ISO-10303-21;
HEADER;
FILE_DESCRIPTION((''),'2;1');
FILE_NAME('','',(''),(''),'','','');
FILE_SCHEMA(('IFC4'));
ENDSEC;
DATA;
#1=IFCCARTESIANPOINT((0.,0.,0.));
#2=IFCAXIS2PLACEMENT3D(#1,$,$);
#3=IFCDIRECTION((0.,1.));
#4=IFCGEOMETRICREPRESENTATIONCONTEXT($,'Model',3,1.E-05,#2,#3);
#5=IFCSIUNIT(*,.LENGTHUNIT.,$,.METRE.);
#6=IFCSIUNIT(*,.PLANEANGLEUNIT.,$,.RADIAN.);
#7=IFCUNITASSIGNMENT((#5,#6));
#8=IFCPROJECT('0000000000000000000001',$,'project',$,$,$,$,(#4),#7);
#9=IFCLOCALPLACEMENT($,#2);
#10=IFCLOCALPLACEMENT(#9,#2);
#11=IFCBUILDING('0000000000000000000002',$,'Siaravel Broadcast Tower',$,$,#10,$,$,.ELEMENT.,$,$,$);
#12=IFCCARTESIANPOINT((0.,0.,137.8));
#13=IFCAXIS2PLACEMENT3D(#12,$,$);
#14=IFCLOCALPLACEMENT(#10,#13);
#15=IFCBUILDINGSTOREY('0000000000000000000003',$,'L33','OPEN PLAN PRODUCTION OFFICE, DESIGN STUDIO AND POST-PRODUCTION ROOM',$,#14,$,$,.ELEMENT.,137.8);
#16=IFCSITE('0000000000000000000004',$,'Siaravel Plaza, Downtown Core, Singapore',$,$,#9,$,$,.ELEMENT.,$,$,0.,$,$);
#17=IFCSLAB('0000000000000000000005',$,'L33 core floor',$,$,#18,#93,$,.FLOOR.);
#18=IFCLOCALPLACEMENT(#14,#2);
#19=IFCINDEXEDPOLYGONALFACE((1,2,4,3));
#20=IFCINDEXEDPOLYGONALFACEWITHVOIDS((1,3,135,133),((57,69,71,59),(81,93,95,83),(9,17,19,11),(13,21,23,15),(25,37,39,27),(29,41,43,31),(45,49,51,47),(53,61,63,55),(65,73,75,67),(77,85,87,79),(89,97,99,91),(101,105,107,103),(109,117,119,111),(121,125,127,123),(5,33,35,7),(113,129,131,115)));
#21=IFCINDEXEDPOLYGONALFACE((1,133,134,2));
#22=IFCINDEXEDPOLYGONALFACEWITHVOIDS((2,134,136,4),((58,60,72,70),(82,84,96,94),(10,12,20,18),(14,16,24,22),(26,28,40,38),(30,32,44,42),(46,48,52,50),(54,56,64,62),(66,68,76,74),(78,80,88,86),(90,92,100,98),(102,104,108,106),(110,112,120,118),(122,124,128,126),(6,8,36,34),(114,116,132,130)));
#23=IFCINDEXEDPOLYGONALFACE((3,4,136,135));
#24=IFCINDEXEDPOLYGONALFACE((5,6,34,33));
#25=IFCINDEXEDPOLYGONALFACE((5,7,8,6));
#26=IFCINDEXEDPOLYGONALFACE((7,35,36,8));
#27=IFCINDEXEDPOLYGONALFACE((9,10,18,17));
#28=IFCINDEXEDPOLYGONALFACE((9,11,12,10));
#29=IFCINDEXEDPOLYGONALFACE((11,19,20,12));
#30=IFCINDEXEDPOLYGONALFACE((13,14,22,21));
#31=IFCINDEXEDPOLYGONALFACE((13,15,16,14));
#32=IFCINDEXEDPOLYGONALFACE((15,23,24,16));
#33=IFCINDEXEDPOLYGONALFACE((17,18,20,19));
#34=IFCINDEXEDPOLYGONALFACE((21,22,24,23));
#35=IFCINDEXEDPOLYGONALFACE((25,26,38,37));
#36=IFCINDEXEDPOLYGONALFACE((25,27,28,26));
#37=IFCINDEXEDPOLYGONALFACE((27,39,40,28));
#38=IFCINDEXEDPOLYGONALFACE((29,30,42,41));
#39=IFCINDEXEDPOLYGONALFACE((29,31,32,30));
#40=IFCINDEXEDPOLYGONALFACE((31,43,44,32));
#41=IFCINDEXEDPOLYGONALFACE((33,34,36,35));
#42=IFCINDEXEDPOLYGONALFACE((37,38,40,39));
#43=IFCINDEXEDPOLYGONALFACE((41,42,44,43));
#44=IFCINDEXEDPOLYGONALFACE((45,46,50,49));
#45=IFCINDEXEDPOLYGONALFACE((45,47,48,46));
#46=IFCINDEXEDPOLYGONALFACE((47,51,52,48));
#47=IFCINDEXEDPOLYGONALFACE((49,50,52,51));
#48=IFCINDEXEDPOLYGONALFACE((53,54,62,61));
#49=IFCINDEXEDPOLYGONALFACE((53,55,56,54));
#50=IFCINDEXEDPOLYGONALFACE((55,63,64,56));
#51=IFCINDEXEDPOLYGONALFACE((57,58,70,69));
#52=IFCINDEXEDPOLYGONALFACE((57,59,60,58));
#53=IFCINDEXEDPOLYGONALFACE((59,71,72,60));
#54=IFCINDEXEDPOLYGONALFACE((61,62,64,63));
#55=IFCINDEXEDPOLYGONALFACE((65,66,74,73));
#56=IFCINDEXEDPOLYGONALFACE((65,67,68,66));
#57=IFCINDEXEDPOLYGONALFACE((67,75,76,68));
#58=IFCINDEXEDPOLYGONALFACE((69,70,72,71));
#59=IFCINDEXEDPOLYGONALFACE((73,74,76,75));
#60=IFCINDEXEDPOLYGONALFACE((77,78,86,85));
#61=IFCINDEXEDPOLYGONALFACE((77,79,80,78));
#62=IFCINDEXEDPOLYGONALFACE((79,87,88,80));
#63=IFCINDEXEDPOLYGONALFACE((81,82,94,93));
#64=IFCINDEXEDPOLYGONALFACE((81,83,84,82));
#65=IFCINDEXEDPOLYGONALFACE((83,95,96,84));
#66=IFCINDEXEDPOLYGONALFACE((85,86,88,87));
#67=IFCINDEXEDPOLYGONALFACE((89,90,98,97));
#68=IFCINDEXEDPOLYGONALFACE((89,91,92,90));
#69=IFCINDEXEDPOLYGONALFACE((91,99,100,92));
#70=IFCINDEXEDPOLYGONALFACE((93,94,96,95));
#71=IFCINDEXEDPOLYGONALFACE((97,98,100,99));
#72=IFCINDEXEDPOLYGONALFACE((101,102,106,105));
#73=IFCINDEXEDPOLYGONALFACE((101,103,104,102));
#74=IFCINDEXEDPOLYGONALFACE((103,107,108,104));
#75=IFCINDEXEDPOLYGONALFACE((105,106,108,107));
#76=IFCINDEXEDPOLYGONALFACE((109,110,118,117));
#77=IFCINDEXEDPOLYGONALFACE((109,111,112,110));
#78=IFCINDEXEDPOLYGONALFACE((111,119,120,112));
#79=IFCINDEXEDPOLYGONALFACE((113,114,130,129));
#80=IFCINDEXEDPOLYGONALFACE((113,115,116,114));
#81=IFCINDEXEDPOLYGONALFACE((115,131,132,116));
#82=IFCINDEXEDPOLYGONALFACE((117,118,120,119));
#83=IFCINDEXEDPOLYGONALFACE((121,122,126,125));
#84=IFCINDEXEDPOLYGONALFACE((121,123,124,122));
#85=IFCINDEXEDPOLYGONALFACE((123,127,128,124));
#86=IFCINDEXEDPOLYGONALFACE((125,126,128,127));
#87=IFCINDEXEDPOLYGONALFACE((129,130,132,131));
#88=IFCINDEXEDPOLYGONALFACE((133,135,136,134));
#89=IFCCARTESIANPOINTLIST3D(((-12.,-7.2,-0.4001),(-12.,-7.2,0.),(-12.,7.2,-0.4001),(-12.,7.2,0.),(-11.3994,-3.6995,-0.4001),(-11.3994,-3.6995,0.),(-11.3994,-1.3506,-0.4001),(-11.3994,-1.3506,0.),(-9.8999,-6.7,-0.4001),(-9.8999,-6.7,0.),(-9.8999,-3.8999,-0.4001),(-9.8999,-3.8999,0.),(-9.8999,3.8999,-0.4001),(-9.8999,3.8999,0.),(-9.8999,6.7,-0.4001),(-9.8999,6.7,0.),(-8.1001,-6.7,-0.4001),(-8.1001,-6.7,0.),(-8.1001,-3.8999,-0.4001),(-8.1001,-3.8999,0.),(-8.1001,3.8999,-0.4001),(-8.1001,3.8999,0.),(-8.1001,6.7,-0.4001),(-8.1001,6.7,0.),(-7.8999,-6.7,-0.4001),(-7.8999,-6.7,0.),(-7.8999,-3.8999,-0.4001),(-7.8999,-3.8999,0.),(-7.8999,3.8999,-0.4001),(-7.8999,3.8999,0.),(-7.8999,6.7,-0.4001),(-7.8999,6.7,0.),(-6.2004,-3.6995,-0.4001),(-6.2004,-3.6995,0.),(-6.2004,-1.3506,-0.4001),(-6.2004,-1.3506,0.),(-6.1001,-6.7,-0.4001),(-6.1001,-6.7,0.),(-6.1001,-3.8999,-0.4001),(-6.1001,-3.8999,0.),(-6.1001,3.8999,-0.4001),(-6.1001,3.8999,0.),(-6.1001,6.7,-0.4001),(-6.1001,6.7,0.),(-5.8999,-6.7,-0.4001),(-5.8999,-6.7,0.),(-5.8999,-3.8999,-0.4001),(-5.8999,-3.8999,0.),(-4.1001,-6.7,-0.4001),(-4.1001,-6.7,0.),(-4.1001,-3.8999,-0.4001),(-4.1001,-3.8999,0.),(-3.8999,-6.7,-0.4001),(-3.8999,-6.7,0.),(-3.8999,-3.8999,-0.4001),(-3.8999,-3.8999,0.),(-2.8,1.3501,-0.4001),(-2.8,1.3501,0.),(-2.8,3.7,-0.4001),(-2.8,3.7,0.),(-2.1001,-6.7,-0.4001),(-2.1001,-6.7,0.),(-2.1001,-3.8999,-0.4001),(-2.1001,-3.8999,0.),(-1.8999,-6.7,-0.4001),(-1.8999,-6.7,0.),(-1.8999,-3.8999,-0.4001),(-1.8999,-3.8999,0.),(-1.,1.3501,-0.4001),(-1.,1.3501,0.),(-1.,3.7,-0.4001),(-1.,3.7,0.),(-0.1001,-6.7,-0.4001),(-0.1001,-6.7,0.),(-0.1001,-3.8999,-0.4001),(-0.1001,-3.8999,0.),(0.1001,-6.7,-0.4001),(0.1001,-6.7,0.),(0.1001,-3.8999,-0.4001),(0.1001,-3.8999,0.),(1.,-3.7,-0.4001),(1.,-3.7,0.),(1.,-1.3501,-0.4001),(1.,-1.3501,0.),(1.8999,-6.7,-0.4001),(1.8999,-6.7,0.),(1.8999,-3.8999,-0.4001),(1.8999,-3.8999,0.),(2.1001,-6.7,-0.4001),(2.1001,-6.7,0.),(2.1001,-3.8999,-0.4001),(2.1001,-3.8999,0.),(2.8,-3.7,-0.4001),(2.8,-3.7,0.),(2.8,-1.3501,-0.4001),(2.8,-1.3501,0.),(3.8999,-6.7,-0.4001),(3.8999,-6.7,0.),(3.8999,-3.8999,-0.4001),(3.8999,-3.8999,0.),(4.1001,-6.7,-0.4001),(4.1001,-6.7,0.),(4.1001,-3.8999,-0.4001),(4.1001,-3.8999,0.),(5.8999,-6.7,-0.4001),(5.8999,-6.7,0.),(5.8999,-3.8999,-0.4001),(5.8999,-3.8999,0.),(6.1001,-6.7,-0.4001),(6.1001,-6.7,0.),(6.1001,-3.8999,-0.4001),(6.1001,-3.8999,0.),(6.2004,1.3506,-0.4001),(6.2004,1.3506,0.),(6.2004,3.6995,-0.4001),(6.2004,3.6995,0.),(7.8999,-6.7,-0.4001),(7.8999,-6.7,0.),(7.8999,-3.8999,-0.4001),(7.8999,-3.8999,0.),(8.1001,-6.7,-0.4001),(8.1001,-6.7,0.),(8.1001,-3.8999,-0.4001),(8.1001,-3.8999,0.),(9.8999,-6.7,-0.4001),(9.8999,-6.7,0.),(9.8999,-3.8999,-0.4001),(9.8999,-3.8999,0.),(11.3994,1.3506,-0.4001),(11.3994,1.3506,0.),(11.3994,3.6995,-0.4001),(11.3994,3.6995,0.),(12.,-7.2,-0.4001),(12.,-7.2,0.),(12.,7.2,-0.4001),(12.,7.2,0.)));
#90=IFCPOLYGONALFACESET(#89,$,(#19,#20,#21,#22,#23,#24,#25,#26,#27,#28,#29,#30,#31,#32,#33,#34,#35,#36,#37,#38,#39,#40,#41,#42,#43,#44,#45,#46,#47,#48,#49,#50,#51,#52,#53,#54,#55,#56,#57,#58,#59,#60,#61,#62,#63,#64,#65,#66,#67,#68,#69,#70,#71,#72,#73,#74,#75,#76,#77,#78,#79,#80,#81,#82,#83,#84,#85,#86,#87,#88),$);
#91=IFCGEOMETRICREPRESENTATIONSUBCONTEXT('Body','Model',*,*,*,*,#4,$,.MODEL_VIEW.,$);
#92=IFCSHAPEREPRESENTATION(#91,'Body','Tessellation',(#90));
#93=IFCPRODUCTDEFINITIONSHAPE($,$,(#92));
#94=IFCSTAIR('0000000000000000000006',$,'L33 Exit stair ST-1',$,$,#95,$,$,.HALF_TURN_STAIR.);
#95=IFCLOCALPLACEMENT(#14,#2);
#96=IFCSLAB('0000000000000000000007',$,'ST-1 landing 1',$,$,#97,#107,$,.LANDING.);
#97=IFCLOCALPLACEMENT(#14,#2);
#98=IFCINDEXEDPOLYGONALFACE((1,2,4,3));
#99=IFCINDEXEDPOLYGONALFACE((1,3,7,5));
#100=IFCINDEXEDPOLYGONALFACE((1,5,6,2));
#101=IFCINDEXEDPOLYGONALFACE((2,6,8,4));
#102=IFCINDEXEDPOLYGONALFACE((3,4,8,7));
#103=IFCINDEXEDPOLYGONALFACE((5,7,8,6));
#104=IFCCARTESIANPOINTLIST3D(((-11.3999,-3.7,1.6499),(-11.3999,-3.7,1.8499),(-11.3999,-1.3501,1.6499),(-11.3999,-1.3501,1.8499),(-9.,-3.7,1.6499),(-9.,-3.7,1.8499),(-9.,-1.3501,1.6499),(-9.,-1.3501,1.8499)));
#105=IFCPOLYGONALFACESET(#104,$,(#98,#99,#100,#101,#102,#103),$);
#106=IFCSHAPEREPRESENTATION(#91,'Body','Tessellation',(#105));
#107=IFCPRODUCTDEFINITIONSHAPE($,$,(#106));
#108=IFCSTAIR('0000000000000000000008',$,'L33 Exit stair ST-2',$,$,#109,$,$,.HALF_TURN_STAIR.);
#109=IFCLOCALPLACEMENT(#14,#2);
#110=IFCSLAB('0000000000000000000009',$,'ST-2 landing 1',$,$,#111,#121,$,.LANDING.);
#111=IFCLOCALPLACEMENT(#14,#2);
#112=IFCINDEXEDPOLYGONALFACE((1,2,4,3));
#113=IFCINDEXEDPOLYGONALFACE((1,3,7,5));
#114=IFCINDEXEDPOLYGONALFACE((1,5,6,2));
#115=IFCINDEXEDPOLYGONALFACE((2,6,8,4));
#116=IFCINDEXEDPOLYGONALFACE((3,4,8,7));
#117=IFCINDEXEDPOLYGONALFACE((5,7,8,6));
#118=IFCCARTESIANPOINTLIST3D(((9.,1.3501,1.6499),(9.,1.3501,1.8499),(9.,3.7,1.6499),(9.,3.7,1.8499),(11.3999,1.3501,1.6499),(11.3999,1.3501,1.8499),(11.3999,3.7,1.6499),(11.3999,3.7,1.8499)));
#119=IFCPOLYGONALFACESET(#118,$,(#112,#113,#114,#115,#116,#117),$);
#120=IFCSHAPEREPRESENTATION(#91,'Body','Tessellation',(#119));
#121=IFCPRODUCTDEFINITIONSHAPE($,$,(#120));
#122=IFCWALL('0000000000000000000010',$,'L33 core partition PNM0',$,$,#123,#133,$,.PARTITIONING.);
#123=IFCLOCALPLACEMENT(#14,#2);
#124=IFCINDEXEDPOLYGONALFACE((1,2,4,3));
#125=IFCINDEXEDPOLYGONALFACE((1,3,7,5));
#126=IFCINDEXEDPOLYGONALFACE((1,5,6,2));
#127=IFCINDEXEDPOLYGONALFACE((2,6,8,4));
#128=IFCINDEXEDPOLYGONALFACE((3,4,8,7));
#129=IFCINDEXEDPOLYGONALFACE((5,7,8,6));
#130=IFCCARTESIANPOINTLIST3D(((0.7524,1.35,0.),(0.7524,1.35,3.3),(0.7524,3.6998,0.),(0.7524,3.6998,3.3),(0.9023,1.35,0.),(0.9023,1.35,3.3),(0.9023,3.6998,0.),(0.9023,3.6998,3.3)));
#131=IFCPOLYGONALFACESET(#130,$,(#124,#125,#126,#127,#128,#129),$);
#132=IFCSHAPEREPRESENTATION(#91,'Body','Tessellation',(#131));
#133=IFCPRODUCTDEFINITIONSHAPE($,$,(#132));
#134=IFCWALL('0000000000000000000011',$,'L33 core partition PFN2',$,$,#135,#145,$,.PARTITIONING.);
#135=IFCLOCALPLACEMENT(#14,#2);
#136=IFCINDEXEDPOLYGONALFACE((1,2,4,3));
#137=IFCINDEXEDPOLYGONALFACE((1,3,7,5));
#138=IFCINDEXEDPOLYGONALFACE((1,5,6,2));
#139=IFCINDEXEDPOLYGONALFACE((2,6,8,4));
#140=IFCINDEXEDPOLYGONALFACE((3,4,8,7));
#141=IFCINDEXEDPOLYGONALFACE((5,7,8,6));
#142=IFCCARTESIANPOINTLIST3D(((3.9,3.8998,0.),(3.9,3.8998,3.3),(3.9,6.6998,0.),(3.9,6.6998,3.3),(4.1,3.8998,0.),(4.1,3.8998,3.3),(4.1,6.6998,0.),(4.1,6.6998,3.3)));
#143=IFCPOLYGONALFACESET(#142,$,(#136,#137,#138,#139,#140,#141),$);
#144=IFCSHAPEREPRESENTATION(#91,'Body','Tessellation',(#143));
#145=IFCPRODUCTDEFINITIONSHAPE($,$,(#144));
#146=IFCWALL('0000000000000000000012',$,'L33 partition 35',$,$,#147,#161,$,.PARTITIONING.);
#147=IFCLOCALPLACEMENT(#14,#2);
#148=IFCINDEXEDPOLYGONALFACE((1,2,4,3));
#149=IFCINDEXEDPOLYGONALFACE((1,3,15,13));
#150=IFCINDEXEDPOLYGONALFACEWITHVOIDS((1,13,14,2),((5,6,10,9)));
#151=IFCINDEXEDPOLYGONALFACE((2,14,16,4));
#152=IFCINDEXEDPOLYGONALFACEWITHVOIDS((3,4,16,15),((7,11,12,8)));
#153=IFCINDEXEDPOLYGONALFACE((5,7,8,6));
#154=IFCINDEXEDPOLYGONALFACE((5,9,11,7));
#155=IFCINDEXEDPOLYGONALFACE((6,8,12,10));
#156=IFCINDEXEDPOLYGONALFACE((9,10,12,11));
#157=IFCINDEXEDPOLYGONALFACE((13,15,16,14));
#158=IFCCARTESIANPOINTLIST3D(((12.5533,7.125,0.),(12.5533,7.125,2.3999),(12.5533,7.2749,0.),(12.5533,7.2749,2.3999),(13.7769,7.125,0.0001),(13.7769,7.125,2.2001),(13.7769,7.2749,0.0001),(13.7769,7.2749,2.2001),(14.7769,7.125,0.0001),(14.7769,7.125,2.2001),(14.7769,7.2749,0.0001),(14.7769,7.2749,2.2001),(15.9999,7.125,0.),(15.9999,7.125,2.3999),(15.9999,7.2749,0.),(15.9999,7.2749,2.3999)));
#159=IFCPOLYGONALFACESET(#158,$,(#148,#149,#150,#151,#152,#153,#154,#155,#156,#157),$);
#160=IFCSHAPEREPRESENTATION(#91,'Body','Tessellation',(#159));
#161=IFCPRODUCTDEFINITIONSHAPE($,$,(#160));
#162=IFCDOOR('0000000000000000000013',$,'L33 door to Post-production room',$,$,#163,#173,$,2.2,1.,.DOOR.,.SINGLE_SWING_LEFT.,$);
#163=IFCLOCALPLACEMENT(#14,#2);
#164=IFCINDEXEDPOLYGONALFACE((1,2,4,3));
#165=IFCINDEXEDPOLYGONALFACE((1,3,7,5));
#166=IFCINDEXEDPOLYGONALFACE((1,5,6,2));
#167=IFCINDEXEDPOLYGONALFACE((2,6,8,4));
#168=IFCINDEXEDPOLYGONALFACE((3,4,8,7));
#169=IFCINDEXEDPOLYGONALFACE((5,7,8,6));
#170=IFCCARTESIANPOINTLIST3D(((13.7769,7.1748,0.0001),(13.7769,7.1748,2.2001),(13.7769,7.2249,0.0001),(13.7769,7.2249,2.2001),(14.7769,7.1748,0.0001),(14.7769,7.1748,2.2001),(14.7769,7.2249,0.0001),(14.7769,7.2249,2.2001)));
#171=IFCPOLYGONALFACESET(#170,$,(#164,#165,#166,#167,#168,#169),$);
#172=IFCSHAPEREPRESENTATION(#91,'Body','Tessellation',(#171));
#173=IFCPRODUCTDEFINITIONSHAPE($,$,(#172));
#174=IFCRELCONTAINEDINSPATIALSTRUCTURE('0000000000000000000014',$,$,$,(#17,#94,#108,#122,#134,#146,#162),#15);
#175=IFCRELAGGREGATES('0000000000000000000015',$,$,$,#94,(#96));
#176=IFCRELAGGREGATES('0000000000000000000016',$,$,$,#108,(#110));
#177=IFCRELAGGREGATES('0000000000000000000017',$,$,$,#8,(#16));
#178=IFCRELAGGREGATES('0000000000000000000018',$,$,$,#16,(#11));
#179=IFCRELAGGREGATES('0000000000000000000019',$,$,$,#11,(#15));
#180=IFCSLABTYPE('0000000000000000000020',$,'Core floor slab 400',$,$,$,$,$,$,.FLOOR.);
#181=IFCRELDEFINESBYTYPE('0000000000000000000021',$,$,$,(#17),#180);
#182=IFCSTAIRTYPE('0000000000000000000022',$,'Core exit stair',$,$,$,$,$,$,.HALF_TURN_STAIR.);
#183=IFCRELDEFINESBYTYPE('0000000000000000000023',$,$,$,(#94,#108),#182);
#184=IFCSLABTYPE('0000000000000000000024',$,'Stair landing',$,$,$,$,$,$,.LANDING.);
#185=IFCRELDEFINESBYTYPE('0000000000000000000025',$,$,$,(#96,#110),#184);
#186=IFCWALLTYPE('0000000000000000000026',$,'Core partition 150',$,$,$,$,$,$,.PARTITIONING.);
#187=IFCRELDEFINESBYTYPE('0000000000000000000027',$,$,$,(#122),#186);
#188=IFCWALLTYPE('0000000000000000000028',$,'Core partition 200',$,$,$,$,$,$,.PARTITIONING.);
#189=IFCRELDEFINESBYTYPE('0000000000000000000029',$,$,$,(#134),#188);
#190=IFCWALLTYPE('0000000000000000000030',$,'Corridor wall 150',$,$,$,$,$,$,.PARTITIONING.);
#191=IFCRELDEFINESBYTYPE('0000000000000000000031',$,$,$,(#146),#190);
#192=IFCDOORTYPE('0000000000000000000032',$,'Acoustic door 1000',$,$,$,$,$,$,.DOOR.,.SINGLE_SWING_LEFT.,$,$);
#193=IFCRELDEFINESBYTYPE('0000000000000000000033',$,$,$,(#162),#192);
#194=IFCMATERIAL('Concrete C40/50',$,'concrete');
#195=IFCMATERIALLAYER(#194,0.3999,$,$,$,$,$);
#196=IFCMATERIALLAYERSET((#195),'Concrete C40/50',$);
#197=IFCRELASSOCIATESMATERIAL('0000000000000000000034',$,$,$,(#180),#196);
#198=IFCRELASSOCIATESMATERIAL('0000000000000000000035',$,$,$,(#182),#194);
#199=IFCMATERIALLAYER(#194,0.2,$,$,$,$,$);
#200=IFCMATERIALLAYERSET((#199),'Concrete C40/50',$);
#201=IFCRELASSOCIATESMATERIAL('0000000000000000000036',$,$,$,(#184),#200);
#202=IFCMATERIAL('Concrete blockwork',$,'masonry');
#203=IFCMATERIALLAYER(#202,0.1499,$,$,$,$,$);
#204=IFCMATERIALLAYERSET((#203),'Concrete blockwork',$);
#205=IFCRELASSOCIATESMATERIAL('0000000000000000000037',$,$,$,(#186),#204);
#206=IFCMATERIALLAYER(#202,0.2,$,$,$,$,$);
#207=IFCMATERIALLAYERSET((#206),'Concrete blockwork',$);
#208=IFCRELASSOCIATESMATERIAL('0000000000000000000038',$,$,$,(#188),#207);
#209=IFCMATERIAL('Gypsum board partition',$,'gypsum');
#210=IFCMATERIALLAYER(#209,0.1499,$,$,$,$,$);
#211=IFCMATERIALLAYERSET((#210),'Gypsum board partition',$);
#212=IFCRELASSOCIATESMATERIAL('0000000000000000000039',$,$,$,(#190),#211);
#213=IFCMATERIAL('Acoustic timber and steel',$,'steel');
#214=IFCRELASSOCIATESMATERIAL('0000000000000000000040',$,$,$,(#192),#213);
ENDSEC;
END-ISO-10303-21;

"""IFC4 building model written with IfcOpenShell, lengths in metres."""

from ifc_helpers import new_model, si_unit, direction, frame, frame_2d, origin, place, context, subcontext, project, spatial, polyline, rectangle, outline, extrude, material, layer, layer_set, type_object, element, fill, aggregate, save


model = new_model("IFC4")

# Units and contexts
model_context = context("Model", 3, precision=1e-05, world=origin(), true_north=direction((0.0, 1.0)))
body_context = subcontext(model_context, "Body", "Model", "MODEL_VIEW")
ifc_project = project(units=[si_unit("LENGTHUNIT", "METRE"), si_unit("PLANEANGLEUNIT", "RADIAN")], contexts=[model_context])

# Site, building, storey
site_placement = place(None, origin())
site = spatial("IfcSite", under=ifc_project, at=site_placement, Name="Siaravel Plaza, Downtown Core, Singapore", CompositionType="ELEMENT", RefElevation=0.0)
building_placement = place(site_placement, origin())
building = spatial("IfcBuilding", under=site, at=building_placement, Name="Siaravel Broadcast Tower", CompositionType="ELEMENT")
storey_placement = place(building_placement, frame((0.0, 0.0, 137.8)))
storey = spatial("IfcBuildingStorey", under=building, at=storey_placement, Name="L33", Description="OPEN PLAN PRODUCTION OFFICE, DESIGN STUDIO AND POST-PRODUCTION ROOM", CompositionType="ELEMENT", Elevation=137.8)

# Slab
ifc_material_1 = material(Name="Concrete C40/50", Category="concrete")
ifc_layer_1 = layer(ifc_material_1, 0.3999)
ifc_layer_set_1 = layer_set([ifc_layer_1], Name="Concrete C40/50")
slab_type_1 = type_object("IfcSlabType", Name="Core floor slab 400", PredefinedType="FLOOR", material=ifc_layer_set_1)
slab_1_placement = place(storey_placement, frame((0.0, 0.0, -0.4001)))
element("IfcSlab", 1, at=slab_1_placement, inside=storey, type_object=slab_type_1, Name="L33 core floor", PredefinedType="FLOOR", context=body_context, shape_type="SweptSolid", body=[
    extrude(outline(polyline([(-12.0, -7.2), (-12.0, 7.2), (12.0, 7.2), (12.0, -7.2), (-12.0, -7.2)]), holes=[polyline([(11.3994, 1.3506), (11.3994, 3.6995), (6.2004, 3.6995), (6.2004, 1.3506), (11.3994, 1.3506)]), polyline([(9.8999, -3.8999), (8.1001, -3.8999), (8.1001, -6.7), (9.8999, -6.7), (9.8999, -3.8999)]), polyline([(7.8999, -3.8999), (6.1001, -3.8999), (6.1001, -6.7), (7.8999, -6.7), (7.8999, -3.8999)]), polyline([(5.8999, -3.8999), (4.1001, -3.8999), (4.1001, -6.7), (5.8999, -6.7), (5.8999, -3.8999)]), polyline([(3.8999, -3.8999), (2.1001, -3.8999), (2.1001, -6.7), (3.8999, -6.7), (3.8999, -3.8999)]), polyline([(2.8, -1.3501), (1.0, -1.3501), (1.0, -3.7), (2.8, -3.7), (2.8, -1.3501)]), polyline([(1.8999, -3.8999), (0.1001, -3.8999), (0.1001, -6.7), (1.8999, -6.7), (1.8999, -3.8999)]), polyline([(-0.1001, -3.8999), (-1.8999, -3.8999), (-1.8999, -6.7), (-0.1001, -6.7), (-0.1001, -3.8999)]), polyline([(-1.0, 3.7), (-2.8, 3.7), (-2.8, 1.3501), (-1.0, 1.3501), (-1.0, 3.7)]), polyline([(-2.1001, -3.8999), (-3.8999, -3.8999), (-3.8999, -6.7), (-2.1001, -6.7), (-2.1001, -3.8999)]), polyline([(-4.1001, -3.8999), (-5.8999, -3.8999), (-5.8999, -6.7), (-4.1001, -6.7), (-4.1001, -3.8999)]), polyline([(-6.1001, -3.8999), (-7.8999, -3.8999), (-7.8999, -6.7), (-6.1001, -6.7), (-6.1001, -3.8999)]), polyline([(-6.1001, 6.7), (-7.8999, 6.7), (-7.8999, 3.8999), (-6.1001, 3.8999), (-6.1001, 6.7)]), polyline([(-11.3994, -1.3506), (-11.3994, -3.6995), (-6.2004, -3.6995), (-6.2004, -1.3506), (-11.3994, -1.3506)]), polyline([(-8.1001, -3.8999), (-9.8999, -3.8999), (-9.8999, -6.7), (-8.1001, -6.7), (-8.1001, -3.8999)]), polyline([(-8.1001, 6.7), (-9.8999, 6.7), (-9.8999, 3.8999), (-8.1001, 3.8999), (-8.1001, 6.7)])]), origin(), (0.0, 0.0, 1.0), 0.4001),
])

# Stairs, slabs
stair_type = type_object("IfcStairType", Name="Core exit stair", PredefinedType="HALF_TURN_STAIR", material=ifc_material_1)
stair_1_placement = place(storey_placement, origin())
stair_1 = element("IfcStair", 2, at=stair_1_placement, inside=storey, type_object=stair_type, Name="L33 Exit stair ST-1", PredefinedType="HALF_TURN_STAIR")
ifc_layer_2 = layer(ifc_material_1, 0.2)
ifc_layer_set_2 = layer_set([ifc_layer_2], Name="Concrete C40/50")
slab_type_2 = type_object("IfcSlabType", Name="Stair landing", PredefinedType="LANDING", material=ifc_layer_set_2)
slab_2_placement = place(storey_placement, frame((0.0, 0.0, 1.6499)))
slab_2 = element("IfcSlab", 3, at=slab_2_placement, type_object=slab_type_2, Name="ST-1 landing 1", PredefinedType="LANDING", context=body_context, shape_type="SweptSolid", body=[
    extrude(outline(polyline([(-9.0, -1.3501), (-11.3999, -1.3501), (-11.3999, -3.7), (-9.0, -3.7), (-9.0, -1.3501)])), origin(), (0.0, 0.0, 1.0), 0.2),
])
aggregate(stair_1, [slab_2])
stair_2_placement = place(storey_placement, origin())
stair_2 = element("IfcStair", 4, at=stair_2_placement, inside=storey, type_object=stair_type, Name="L33 Exit stair ST-2", PredefinedType="HALF_TURN_STAIR")
slab_3_placement = place(storey_placement, frame((0.0, 0.0, 1.6499)))
slab_3 = element("IfcSlab", 5, at=slab_3_placement, type_object=slab_type_2, Name="ST-2 landing 1", PredefinedType="LANDING", context=body_context, shape_type="SweptSolid", body=[
    extrude(outline(polyline([(9.0, 1.3501), (11.3999, 1.3501), (11.3999, 3.7), (9.0, 3.7), (9.0, 1.3501)])), origin(), (0.0, 0.0, 1.0), 0.2),
])

# Walls
ifc_material_2 = material(Name="Concrete blockwork", Category="masonry")
ifc_layer_3 = layer(ifc_material_2, 0.1499)
ifc_layer_set_3 = layer_set([ifc_layer_3], Name="Concrete blockwork")
wall_type_1 = type_object("IfcWallType", Name="Core partition 150", PredefinedType="PARTITIONING", material=ifc_layer_set_3)
wall_1_placement = place(storey_placement, frame((0.8274, 1.3501, 0.0), z_axis=(0.0, 0.0, 1.0), x_axis=(0.0, 1.0, 0.0)))
element("IfcWall", 6, at=wall_1_placement, inside=storey, type_object=wall_type_1, Name="L33 core partition PNM0", PredefinedType="PARTITIONING", context=body_context, shape_type="SweptSolid", body=[
    extrude(rectangle(XDim=2.3499, YDim=0.1499, at=frame_2d((1.1748, 0.0))), origin(), (0.0, 0.0, 1.0), 3.3),
])
ifc_layer_4 = layer(ifc_material_2, 0.2)
ifc_layer_set_4 = layer_set([ifc_layer_4], Name="Concrete blockwork")
wall_type_2 = type_object("IfcWallType", Name="Core partition 200", PredefinedType="PARTITIONING", material=ifc_layer_set_4)
wall_2_placement = place(storey_placement, frame((4.0, 3.8999, 0.0), z_axis=(0.0, 0.0, 1.0), x_axis=(0.0, 1.0, 0.0)))
element("IfcWall", 7, at=wall_2_placement, inside=storey, type_object=wall_type_2, Name="L33 core partition PFN2", PredefinedType="PARTITIONING", context=body_context, shape_type="SweptSolid", body=[
    extrude(rectangle(XDim=2.8, YDim=0.2, at=frame_2d((1.3999, 0.0))), origin(), (0.0, 0.0, 1.0), 3.3),
])

# Wall, opening, door
ifc_material_3 = material(Name="Gypsum board partition", Category="gypsum")
ifc_layer_5 = layer(ifc_material_3, 0.1499)
ifc_layer_set_5 = layer_set([ifc_layer_5], Name="Gypsum board partition")
wall_type_3 = type_object("IfcWallType", Name="Corridor wall 150", PredefinedType="PARTITIONING", material=ifc_layer_set_5)
wall_3_placement = place(storey_placement, frame((12.5535, 7.2, 0.0), z_axis=(0.0, 0.0, 1.0), x_axis=(1.0, 0.0, 0.0)))
wall_3 = element("IfcWall", 8, at=wall_3_placement, inside=storey, type_object=wall_type_3, Name="L33 partition 35", PredefinedType="PARTITIONING", context=body_context, shape_type="SweptSolid", body=[
    extrude(rectangle(XDim=3.4465, YDim=0.1499, at=frame_2d((1.7231, 0.0))), origin(), (0.0, 0.0, 1.0), 2.3999),
])
opening_1_placement = place(wall_3_placement, frame((1.2234, 0.0, 0.0)))
opening_1 = element("IfcOpeningElement", 9, at=opening_1_placement, cuts=wall_3, PredefinedType="OPENING", context=body_context, shape_type="SweptSolid", body=[
    extrude(rectangle(XDim=1.0, YDim=2.2, at=frame_2d((0.5, 1.1001))), frame((0.0, 0.085, 0.0), z_axis=(0.0, -1.0, 0.0), x_axis=(1.0, 0.0, 0.0)), (0.0, 0.0, 1.0), 0.1699),
])
ifc_material_4 = material(Name="Acoustic timber and steel", Category="steel")
door_type_1 = type_object("IfcDoorType", Name="Acoustic door 1000", OperationType="SINGLE_SWING_LEFT", PredefinedType="DOOR", material=ifc_material_4)
door_1_placement = place(opening_1_placement, origin())
door_1 = element("IfcDoor", 10, at=door_1_placement, inside=storey, type_object=door_type_1, Name="L33 door to Post-production room", OperationType="SINGLE_SWING_LEFT", OverallHeight=2.2, OverallWidth=1.0, PredefinedType="DOOR", context=body_context, shape_type="SweptSolid", body=[
    extrude(rectangle(XDim=1.0, YDim=2.2, at=frame_2d((0.5, 1.1001))), frame((0.0, 0.0249, 0.0), z_axis=(0.0, -1.0, 0.0), x_axis=(1.0, 0.0, 0.0)), (0.0, 0.0, 1.0), 0.05),
])
fill(opening_1, door_1)

aggregate(stair_2, [slab_3])

save(model, "model.ifc")
